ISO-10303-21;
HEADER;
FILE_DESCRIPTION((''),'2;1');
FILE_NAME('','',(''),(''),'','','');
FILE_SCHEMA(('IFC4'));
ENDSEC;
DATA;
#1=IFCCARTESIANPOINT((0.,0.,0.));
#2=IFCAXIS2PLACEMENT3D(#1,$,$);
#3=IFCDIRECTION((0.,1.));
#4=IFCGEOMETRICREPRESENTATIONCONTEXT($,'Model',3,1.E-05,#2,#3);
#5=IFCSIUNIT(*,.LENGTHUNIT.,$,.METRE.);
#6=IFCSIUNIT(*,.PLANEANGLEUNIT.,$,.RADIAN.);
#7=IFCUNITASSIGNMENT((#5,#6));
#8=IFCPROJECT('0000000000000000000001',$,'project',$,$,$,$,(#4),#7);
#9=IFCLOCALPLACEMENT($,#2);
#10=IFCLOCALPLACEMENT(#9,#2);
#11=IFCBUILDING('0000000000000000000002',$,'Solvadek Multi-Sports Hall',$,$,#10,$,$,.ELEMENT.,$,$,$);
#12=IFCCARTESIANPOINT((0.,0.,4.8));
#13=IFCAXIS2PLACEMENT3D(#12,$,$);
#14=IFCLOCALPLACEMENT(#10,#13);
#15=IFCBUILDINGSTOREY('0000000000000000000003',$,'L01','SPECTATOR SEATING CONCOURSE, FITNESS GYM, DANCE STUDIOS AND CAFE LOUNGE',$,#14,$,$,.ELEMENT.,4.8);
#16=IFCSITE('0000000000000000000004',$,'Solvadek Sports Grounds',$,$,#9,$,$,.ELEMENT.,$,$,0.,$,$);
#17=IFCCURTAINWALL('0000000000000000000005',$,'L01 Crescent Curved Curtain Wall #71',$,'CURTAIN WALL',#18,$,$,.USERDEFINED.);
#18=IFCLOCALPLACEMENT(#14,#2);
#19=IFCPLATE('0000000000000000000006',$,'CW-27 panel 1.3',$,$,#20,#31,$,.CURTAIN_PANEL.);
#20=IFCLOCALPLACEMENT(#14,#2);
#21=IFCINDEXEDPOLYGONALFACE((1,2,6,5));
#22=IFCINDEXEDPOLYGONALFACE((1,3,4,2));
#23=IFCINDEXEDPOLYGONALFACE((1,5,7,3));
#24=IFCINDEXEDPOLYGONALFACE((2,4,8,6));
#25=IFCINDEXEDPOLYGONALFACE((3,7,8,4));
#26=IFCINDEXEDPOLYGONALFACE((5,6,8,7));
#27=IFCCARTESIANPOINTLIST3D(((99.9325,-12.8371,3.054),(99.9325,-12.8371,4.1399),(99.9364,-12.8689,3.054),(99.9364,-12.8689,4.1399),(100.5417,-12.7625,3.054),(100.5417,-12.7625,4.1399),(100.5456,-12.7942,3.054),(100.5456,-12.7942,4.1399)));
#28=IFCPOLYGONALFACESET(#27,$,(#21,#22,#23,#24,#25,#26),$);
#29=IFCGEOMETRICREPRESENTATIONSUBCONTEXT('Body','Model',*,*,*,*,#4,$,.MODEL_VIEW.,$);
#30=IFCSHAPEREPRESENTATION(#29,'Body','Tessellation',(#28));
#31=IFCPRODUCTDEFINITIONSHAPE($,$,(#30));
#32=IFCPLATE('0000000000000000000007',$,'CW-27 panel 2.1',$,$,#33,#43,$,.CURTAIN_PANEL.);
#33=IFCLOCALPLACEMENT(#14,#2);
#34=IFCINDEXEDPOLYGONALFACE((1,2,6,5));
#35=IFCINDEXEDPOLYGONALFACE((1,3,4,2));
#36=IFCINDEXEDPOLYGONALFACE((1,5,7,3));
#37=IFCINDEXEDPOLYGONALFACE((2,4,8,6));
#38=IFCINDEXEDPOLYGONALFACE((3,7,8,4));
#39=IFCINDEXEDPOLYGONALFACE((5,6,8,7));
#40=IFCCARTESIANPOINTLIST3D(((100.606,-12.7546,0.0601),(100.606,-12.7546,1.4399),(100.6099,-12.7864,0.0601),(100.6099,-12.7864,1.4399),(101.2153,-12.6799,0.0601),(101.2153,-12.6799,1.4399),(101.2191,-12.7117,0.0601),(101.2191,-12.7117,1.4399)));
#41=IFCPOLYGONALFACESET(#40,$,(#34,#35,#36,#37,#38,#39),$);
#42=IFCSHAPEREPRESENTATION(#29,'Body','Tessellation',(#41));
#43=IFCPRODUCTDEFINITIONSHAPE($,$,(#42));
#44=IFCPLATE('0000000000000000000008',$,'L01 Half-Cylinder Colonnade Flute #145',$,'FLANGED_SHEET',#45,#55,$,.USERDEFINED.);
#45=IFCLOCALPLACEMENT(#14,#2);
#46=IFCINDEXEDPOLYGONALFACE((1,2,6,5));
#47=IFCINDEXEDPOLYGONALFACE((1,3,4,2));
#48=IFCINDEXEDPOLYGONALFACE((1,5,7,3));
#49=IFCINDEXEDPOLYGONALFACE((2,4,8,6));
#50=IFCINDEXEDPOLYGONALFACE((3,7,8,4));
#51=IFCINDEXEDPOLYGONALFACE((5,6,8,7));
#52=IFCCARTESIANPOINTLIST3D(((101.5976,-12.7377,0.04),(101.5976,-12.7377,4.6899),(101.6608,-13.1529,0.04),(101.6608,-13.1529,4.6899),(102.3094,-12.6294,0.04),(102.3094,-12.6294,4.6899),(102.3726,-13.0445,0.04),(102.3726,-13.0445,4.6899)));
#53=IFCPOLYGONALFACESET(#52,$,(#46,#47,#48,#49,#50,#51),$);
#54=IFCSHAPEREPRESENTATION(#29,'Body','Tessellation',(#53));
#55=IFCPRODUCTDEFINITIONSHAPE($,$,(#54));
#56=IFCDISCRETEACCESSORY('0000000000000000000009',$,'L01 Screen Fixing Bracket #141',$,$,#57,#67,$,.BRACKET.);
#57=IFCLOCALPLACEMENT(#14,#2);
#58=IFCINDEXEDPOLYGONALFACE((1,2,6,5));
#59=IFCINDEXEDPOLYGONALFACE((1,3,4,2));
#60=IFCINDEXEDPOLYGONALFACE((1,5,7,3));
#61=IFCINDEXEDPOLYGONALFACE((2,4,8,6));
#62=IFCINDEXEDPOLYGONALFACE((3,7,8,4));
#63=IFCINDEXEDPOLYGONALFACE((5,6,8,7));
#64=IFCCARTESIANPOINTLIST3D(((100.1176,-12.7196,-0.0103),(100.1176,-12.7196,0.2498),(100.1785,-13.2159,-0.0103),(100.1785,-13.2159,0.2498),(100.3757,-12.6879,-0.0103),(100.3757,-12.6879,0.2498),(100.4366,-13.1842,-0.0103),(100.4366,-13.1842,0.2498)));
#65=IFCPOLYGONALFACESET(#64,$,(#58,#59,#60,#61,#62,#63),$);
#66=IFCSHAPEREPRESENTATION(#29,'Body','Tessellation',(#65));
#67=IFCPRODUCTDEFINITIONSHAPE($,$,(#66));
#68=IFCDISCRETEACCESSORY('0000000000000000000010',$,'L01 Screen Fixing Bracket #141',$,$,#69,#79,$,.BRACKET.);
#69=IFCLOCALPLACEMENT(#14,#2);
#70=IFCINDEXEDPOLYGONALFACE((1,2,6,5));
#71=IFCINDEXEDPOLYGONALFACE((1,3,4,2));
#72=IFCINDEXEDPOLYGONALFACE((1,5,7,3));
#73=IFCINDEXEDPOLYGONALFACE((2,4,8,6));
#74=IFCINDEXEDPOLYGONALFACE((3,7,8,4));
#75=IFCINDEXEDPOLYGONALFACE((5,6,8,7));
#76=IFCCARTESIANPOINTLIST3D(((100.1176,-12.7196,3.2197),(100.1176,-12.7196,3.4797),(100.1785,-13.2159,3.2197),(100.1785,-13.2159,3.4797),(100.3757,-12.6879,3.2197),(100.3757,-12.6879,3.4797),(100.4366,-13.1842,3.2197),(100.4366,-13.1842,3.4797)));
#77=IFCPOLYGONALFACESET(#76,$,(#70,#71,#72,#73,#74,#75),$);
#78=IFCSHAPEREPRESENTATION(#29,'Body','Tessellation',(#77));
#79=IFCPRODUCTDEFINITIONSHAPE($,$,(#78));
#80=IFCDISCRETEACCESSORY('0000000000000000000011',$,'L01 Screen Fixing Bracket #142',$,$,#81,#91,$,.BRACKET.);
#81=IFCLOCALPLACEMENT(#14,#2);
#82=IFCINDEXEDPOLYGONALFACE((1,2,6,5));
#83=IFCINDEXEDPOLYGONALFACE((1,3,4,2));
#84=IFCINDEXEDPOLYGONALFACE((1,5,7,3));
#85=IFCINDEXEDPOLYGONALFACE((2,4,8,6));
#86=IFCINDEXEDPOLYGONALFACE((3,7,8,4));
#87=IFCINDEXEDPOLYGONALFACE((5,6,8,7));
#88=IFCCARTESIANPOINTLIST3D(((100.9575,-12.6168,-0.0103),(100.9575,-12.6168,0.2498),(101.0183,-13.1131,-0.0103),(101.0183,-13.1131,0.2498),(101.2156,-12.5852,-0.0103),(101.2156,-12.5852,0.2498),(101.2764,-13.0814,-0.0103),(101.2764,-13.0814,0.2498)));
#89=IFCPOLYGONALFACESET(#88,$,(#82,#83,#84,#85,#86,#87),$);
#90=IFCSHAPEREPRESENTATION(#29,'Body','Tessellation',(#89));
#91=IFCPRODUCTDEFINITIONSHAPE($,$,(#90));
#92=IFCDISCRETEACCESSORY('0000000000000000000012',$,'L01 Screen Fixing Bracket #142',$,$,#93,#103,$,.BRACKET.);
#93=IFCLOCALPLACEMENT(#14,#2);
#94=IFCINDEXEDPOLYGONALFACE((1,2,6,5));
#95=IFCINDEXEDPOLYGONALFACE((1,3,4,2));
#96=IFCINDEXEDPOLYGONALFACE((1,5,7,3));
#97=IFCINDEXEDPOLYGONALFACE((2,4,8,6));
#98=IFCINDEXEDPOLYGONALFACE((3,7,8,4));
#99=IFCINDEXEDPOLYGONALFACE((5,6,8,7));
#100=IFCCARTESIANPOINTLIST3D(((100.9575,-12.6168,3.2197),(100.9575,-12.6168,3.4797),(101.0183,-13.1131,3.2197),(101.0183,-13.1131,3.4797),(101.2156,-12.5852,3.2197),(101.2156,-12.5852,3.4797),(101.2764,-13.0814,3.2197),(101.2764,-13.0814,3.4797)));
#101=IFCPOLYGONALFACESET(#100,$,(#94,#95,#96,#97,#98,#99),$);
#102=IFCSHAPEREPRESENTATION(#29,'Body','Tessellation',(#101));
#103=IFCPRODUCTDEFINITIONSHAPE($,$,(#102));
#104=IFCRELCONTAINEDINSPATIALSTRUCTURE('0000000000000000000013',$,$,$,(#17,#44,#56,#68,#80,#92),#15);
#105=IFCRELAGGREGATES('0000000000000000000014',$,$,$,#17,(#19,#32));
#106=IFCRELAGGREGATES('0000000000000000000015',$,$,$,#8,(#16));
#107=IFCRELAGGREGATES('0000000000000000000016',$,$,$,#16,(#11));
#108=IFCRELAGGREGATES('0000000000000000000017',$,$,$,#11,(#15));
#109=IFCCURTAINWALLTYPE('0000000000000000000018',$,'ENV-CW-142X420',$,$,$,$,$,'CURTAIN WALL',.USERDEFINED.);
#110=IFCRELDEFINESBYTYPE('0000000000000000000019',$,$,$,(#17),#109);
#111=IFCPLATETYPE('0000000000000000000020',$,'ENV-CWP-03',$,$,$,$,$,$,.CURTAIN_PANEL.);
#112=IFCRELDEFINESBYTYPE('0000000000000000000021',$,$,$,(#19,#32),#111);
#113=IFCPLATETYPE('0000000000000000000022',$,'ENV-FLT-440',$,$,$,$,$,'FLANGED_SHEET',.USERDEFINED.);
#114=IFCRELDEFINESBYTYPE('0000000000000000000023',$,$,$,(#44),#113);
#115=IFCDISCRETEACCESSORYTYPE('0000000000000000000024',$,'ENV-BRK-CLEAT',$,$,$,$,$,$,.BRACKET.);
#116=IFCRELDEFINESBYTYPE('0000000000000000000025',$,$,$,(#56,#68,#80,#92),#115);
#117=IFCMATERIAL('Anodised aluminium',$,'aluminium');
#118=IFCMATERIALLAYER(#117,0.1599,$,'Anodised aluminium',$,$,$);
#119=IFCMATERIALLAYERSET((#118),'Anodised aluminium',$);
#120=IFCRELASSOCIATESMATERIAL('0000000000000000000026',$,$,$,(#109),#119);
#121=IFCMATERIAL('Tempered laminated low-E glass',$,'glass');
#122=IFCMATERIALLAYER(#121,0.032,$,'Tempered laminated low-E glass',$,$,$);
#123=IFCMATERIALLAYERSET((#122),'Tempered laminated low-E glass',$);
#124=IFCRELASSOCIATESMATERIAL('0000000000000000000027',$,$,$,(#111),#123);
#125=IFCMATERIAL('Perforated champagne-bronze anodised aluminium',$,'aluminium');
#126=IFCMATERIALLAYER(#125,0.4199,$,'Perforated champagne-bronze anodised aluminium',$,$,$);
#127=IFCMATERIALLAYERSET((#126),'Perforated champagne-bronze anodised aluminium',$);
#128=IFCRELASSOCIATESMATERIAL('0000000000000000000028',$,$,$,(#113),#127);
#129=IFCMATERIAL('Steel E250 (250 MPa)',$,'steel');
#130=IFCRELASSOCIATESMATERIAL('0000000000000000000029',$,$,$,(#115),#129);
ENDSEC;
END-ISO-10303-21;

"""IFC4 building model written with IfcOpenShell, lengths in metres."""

from ifc_helpers import new_model, si_unit, direction, frame, origin, origin_2d, place, context, subcontext, project, spatial, rectangle, extrude, material, layer, layer_set, type_object, element, aggregate, save


model = new_model("IFC4")

# Units and contexts
model_context = context("Model", 3, precision=1e-05, world=origin(), true_north=direction((0.0, 1.0)))
body_context = subcontext(model_context, "Body", "Model", "MODEL_VIEW")
ifc_project = project(units=[si_unit("LENGTHUNIT", "METRE"), si_unit("PLANEANGLEUNIT", "RADIAN")], contexts=[model_context])

# Site, building, storey
site_placement = place(None, origin())
site = spatial("IfcSite", under=ifc_project, at=site_placement, Name="Solvadek Sports Grounds", CompositionType="ELEMENT", RefElevation=0.0)
building_placement = place(site_placement, origin())
building = spatial("IfcBuilding", under=site, at=building_placement, Name="Solvadek Multi-Sports Hall", CompositionType="ELEMENT")
storey_placement = place(building_placement, frame((0.0, 0.0, 4.8)))
storey = spatial("IfcBuildingStorey", under=building, at=storey_placement, Name="L01", Description="SPECTATOR SEATING CONCOURSE, FITNESS GYM, DANCE STUDIOS AND CAFE LOUNGE", CompositionType="ELEMENT", Elevation=4.8)

# Curtain wall
ifc_material_1 = material(Name="Anodised aluminium", Category="aluminium")
ifc_layer_1 = layer(ifc_material_1, 0.1599, Name="Anodised aluminium")
ifc_layer_set_1 = layer_set([ifc_layer_1], Name="Anodised aluminium")
curtain_wall_type_1 = type_object("IfcCurtainWallType", Name="ENV-CW-142X420", ElementType="CURTAIN WALL", PredefinedType="USERDEFINED", material=ifc_layer_set_1)
curtain_wall_1_placement = place(storey_placement, origin())
curtain_wall_1 = element("IfcCurtainWall", 1, at=curtain_wall_1_placement, inside=storey, type_object=curtain_wall_type_1, Name="L01 Crescent Curved Curtain Wall #71", ObjectType="CURTAIN WALL", PredefinedType="USERDEFINED")

# Plates
ifc_material_2 = material(Name="Tempered laminated low-E glass", Category="glass")
ifc_layer_2 = layer(ifc_material_2, 0.032, Name="Tempered laminated low-E glass")
ifc_layer_set_2 = layer_set([ifc_layer_2], Name="Tempered laminated low-E glass")
plate_type_1 = type_object("IfcPlateType", Name="ENV-CWP-03", PredefinedType="CURTAIN_PANEL", material=ifc_layer_set_2)
plate_1_placement = place(storey_placement, frame((100.239, -12.8157, 3.054), z_axis=(0.0, 0.0, 1.0), x_axis=(0.992569, 0.121681, 0.0)))
plate_1 = element("IfcPlate", 2, at=plate_1_placement, type_object=plate_type_1, Name="CW-27 panel 1.3", PredefinedType="CURTAIN_PANEL", context=body_context, shape_type="SweptSolid", body=[
    extrude(rectangle(XDim=0.6138, YDim=0.032, at=origin_2d()), origin(), (0.0, 0.0, 1.0), 1.0859),
])
plate_2_placement = place(storey_placement, frame((100.9126, -12.7332, 0.0601), z_axis=(0.0, 0.0, 1.0), x_axis=(0.992569, 0.121681, 0.0)))
plate_2 = element("IfcPlate", 3, at=plate_2_placement, type_object=plate_type_1, Name="CW-27 panel 2.1", PredefinedType="CURTAIN_PANEL", context=body_context, shape_type="SweptSolid", body=[
    extrude(rectangle(XDim=0.6138, YDim=0.032, at=origin_2d()), origin(), (0.0, 0.0, 1.0), 1.3799),
])
aggregate(curtain_wall_1, [plate_1, plate_2])
ifc_material_3 = material(Name="Perforated champagne-bronze anodised aluminium", Category="aluminium")
ifc_layer_3 = layer(ifc_material_3, 0.4199, Name="Perforated champagne-bronze anodised aluminium")
ifc_layer_set_3 = layer_set([ifc_layer_3], Name="Perforated champagne-bronze anodised aluminium")
plate_type_2 = type_object("IfcPlateType", Name="ENV-FLT-440", ElementType="FLANGED_SHEET", PredefinedType="USERDEFINED", material=ifc_layer_set_3)
plate_3_placement = place(storey_placement, frame((101.9851, -12.8911, 0.04), z_axis=(0.0, 0.0, 1.0), x_axis=(0.988606, 0.150527, 0.0)))
element("IfcPlate", 4, at=plate_3_placement, inside=storey, type_object=plate_type_2, Name="L01 Half-Cylinder Colonnade Flute #145", ObjectType="FLANGED_SHEET", PredefinedType="USERDEFINED", context=body_context, shape_type="SweptSolid", body=[
    extrude(rectangle(XDim=0.72, YDim=0.4199, at=origin_2d()), origin(), (0.0, 0.0, 1.0), 4.6499),
])

# Discrete accessories
ifc_material_4 = material(Name="Steel E250 (250 MPa)", Category="steel")
discrete_accessory_type = type_object("IfcDiscreteAccessoryType", Name="ENV-BRK-CLEAT", PredefinedType="BRACKET", material=ifc_material_4)
for number, where, z_axis, x_axis, name in (
    (5, (100.2771, -12.9519, -0.0103), (0.0, 0.0, 1.0), (0.992573, 0.121649, 0.0), "L01 Screen Fixing Bracket #141"),
    (6, (100.2771, -12.9519, 3.2197), (0.0, 0.0, 1.0), (0.992573, 0.121649, 0.0), "L01 Screen Fixing Bracket #141"),
    (7, (101.1169, -12.8491, -0.0103), (0.0, 0.0, 1.0), (0.992573, 0.121649, 0.0), "L01 Screen Fixing Bracket #142"),
    (8, (101.1169, -12.8491, 3.2197), (0.0, 0.0, 1.0), (0.992573, 0.121649, 0.0), "L01 Screen Fixing Bracket #142"),
):
    element("IfcDiscreteAccessory", number, at=place(storey_placement, frame(where, z_axis=z_axis, x_axis=x_axis)), inside=storey, type_object=discrete_accessory_type, Name=name, PredefinedType="BRACKET", context=body_context, shape_type="SweptSolid", body=[
        extrude(rectangle(XDim=0.26, YDim=0.5, at=origin_2d()), origin(), (0.0, 0.0, 1.0), 0.26),
    ])

save(model, "model.ifc")
